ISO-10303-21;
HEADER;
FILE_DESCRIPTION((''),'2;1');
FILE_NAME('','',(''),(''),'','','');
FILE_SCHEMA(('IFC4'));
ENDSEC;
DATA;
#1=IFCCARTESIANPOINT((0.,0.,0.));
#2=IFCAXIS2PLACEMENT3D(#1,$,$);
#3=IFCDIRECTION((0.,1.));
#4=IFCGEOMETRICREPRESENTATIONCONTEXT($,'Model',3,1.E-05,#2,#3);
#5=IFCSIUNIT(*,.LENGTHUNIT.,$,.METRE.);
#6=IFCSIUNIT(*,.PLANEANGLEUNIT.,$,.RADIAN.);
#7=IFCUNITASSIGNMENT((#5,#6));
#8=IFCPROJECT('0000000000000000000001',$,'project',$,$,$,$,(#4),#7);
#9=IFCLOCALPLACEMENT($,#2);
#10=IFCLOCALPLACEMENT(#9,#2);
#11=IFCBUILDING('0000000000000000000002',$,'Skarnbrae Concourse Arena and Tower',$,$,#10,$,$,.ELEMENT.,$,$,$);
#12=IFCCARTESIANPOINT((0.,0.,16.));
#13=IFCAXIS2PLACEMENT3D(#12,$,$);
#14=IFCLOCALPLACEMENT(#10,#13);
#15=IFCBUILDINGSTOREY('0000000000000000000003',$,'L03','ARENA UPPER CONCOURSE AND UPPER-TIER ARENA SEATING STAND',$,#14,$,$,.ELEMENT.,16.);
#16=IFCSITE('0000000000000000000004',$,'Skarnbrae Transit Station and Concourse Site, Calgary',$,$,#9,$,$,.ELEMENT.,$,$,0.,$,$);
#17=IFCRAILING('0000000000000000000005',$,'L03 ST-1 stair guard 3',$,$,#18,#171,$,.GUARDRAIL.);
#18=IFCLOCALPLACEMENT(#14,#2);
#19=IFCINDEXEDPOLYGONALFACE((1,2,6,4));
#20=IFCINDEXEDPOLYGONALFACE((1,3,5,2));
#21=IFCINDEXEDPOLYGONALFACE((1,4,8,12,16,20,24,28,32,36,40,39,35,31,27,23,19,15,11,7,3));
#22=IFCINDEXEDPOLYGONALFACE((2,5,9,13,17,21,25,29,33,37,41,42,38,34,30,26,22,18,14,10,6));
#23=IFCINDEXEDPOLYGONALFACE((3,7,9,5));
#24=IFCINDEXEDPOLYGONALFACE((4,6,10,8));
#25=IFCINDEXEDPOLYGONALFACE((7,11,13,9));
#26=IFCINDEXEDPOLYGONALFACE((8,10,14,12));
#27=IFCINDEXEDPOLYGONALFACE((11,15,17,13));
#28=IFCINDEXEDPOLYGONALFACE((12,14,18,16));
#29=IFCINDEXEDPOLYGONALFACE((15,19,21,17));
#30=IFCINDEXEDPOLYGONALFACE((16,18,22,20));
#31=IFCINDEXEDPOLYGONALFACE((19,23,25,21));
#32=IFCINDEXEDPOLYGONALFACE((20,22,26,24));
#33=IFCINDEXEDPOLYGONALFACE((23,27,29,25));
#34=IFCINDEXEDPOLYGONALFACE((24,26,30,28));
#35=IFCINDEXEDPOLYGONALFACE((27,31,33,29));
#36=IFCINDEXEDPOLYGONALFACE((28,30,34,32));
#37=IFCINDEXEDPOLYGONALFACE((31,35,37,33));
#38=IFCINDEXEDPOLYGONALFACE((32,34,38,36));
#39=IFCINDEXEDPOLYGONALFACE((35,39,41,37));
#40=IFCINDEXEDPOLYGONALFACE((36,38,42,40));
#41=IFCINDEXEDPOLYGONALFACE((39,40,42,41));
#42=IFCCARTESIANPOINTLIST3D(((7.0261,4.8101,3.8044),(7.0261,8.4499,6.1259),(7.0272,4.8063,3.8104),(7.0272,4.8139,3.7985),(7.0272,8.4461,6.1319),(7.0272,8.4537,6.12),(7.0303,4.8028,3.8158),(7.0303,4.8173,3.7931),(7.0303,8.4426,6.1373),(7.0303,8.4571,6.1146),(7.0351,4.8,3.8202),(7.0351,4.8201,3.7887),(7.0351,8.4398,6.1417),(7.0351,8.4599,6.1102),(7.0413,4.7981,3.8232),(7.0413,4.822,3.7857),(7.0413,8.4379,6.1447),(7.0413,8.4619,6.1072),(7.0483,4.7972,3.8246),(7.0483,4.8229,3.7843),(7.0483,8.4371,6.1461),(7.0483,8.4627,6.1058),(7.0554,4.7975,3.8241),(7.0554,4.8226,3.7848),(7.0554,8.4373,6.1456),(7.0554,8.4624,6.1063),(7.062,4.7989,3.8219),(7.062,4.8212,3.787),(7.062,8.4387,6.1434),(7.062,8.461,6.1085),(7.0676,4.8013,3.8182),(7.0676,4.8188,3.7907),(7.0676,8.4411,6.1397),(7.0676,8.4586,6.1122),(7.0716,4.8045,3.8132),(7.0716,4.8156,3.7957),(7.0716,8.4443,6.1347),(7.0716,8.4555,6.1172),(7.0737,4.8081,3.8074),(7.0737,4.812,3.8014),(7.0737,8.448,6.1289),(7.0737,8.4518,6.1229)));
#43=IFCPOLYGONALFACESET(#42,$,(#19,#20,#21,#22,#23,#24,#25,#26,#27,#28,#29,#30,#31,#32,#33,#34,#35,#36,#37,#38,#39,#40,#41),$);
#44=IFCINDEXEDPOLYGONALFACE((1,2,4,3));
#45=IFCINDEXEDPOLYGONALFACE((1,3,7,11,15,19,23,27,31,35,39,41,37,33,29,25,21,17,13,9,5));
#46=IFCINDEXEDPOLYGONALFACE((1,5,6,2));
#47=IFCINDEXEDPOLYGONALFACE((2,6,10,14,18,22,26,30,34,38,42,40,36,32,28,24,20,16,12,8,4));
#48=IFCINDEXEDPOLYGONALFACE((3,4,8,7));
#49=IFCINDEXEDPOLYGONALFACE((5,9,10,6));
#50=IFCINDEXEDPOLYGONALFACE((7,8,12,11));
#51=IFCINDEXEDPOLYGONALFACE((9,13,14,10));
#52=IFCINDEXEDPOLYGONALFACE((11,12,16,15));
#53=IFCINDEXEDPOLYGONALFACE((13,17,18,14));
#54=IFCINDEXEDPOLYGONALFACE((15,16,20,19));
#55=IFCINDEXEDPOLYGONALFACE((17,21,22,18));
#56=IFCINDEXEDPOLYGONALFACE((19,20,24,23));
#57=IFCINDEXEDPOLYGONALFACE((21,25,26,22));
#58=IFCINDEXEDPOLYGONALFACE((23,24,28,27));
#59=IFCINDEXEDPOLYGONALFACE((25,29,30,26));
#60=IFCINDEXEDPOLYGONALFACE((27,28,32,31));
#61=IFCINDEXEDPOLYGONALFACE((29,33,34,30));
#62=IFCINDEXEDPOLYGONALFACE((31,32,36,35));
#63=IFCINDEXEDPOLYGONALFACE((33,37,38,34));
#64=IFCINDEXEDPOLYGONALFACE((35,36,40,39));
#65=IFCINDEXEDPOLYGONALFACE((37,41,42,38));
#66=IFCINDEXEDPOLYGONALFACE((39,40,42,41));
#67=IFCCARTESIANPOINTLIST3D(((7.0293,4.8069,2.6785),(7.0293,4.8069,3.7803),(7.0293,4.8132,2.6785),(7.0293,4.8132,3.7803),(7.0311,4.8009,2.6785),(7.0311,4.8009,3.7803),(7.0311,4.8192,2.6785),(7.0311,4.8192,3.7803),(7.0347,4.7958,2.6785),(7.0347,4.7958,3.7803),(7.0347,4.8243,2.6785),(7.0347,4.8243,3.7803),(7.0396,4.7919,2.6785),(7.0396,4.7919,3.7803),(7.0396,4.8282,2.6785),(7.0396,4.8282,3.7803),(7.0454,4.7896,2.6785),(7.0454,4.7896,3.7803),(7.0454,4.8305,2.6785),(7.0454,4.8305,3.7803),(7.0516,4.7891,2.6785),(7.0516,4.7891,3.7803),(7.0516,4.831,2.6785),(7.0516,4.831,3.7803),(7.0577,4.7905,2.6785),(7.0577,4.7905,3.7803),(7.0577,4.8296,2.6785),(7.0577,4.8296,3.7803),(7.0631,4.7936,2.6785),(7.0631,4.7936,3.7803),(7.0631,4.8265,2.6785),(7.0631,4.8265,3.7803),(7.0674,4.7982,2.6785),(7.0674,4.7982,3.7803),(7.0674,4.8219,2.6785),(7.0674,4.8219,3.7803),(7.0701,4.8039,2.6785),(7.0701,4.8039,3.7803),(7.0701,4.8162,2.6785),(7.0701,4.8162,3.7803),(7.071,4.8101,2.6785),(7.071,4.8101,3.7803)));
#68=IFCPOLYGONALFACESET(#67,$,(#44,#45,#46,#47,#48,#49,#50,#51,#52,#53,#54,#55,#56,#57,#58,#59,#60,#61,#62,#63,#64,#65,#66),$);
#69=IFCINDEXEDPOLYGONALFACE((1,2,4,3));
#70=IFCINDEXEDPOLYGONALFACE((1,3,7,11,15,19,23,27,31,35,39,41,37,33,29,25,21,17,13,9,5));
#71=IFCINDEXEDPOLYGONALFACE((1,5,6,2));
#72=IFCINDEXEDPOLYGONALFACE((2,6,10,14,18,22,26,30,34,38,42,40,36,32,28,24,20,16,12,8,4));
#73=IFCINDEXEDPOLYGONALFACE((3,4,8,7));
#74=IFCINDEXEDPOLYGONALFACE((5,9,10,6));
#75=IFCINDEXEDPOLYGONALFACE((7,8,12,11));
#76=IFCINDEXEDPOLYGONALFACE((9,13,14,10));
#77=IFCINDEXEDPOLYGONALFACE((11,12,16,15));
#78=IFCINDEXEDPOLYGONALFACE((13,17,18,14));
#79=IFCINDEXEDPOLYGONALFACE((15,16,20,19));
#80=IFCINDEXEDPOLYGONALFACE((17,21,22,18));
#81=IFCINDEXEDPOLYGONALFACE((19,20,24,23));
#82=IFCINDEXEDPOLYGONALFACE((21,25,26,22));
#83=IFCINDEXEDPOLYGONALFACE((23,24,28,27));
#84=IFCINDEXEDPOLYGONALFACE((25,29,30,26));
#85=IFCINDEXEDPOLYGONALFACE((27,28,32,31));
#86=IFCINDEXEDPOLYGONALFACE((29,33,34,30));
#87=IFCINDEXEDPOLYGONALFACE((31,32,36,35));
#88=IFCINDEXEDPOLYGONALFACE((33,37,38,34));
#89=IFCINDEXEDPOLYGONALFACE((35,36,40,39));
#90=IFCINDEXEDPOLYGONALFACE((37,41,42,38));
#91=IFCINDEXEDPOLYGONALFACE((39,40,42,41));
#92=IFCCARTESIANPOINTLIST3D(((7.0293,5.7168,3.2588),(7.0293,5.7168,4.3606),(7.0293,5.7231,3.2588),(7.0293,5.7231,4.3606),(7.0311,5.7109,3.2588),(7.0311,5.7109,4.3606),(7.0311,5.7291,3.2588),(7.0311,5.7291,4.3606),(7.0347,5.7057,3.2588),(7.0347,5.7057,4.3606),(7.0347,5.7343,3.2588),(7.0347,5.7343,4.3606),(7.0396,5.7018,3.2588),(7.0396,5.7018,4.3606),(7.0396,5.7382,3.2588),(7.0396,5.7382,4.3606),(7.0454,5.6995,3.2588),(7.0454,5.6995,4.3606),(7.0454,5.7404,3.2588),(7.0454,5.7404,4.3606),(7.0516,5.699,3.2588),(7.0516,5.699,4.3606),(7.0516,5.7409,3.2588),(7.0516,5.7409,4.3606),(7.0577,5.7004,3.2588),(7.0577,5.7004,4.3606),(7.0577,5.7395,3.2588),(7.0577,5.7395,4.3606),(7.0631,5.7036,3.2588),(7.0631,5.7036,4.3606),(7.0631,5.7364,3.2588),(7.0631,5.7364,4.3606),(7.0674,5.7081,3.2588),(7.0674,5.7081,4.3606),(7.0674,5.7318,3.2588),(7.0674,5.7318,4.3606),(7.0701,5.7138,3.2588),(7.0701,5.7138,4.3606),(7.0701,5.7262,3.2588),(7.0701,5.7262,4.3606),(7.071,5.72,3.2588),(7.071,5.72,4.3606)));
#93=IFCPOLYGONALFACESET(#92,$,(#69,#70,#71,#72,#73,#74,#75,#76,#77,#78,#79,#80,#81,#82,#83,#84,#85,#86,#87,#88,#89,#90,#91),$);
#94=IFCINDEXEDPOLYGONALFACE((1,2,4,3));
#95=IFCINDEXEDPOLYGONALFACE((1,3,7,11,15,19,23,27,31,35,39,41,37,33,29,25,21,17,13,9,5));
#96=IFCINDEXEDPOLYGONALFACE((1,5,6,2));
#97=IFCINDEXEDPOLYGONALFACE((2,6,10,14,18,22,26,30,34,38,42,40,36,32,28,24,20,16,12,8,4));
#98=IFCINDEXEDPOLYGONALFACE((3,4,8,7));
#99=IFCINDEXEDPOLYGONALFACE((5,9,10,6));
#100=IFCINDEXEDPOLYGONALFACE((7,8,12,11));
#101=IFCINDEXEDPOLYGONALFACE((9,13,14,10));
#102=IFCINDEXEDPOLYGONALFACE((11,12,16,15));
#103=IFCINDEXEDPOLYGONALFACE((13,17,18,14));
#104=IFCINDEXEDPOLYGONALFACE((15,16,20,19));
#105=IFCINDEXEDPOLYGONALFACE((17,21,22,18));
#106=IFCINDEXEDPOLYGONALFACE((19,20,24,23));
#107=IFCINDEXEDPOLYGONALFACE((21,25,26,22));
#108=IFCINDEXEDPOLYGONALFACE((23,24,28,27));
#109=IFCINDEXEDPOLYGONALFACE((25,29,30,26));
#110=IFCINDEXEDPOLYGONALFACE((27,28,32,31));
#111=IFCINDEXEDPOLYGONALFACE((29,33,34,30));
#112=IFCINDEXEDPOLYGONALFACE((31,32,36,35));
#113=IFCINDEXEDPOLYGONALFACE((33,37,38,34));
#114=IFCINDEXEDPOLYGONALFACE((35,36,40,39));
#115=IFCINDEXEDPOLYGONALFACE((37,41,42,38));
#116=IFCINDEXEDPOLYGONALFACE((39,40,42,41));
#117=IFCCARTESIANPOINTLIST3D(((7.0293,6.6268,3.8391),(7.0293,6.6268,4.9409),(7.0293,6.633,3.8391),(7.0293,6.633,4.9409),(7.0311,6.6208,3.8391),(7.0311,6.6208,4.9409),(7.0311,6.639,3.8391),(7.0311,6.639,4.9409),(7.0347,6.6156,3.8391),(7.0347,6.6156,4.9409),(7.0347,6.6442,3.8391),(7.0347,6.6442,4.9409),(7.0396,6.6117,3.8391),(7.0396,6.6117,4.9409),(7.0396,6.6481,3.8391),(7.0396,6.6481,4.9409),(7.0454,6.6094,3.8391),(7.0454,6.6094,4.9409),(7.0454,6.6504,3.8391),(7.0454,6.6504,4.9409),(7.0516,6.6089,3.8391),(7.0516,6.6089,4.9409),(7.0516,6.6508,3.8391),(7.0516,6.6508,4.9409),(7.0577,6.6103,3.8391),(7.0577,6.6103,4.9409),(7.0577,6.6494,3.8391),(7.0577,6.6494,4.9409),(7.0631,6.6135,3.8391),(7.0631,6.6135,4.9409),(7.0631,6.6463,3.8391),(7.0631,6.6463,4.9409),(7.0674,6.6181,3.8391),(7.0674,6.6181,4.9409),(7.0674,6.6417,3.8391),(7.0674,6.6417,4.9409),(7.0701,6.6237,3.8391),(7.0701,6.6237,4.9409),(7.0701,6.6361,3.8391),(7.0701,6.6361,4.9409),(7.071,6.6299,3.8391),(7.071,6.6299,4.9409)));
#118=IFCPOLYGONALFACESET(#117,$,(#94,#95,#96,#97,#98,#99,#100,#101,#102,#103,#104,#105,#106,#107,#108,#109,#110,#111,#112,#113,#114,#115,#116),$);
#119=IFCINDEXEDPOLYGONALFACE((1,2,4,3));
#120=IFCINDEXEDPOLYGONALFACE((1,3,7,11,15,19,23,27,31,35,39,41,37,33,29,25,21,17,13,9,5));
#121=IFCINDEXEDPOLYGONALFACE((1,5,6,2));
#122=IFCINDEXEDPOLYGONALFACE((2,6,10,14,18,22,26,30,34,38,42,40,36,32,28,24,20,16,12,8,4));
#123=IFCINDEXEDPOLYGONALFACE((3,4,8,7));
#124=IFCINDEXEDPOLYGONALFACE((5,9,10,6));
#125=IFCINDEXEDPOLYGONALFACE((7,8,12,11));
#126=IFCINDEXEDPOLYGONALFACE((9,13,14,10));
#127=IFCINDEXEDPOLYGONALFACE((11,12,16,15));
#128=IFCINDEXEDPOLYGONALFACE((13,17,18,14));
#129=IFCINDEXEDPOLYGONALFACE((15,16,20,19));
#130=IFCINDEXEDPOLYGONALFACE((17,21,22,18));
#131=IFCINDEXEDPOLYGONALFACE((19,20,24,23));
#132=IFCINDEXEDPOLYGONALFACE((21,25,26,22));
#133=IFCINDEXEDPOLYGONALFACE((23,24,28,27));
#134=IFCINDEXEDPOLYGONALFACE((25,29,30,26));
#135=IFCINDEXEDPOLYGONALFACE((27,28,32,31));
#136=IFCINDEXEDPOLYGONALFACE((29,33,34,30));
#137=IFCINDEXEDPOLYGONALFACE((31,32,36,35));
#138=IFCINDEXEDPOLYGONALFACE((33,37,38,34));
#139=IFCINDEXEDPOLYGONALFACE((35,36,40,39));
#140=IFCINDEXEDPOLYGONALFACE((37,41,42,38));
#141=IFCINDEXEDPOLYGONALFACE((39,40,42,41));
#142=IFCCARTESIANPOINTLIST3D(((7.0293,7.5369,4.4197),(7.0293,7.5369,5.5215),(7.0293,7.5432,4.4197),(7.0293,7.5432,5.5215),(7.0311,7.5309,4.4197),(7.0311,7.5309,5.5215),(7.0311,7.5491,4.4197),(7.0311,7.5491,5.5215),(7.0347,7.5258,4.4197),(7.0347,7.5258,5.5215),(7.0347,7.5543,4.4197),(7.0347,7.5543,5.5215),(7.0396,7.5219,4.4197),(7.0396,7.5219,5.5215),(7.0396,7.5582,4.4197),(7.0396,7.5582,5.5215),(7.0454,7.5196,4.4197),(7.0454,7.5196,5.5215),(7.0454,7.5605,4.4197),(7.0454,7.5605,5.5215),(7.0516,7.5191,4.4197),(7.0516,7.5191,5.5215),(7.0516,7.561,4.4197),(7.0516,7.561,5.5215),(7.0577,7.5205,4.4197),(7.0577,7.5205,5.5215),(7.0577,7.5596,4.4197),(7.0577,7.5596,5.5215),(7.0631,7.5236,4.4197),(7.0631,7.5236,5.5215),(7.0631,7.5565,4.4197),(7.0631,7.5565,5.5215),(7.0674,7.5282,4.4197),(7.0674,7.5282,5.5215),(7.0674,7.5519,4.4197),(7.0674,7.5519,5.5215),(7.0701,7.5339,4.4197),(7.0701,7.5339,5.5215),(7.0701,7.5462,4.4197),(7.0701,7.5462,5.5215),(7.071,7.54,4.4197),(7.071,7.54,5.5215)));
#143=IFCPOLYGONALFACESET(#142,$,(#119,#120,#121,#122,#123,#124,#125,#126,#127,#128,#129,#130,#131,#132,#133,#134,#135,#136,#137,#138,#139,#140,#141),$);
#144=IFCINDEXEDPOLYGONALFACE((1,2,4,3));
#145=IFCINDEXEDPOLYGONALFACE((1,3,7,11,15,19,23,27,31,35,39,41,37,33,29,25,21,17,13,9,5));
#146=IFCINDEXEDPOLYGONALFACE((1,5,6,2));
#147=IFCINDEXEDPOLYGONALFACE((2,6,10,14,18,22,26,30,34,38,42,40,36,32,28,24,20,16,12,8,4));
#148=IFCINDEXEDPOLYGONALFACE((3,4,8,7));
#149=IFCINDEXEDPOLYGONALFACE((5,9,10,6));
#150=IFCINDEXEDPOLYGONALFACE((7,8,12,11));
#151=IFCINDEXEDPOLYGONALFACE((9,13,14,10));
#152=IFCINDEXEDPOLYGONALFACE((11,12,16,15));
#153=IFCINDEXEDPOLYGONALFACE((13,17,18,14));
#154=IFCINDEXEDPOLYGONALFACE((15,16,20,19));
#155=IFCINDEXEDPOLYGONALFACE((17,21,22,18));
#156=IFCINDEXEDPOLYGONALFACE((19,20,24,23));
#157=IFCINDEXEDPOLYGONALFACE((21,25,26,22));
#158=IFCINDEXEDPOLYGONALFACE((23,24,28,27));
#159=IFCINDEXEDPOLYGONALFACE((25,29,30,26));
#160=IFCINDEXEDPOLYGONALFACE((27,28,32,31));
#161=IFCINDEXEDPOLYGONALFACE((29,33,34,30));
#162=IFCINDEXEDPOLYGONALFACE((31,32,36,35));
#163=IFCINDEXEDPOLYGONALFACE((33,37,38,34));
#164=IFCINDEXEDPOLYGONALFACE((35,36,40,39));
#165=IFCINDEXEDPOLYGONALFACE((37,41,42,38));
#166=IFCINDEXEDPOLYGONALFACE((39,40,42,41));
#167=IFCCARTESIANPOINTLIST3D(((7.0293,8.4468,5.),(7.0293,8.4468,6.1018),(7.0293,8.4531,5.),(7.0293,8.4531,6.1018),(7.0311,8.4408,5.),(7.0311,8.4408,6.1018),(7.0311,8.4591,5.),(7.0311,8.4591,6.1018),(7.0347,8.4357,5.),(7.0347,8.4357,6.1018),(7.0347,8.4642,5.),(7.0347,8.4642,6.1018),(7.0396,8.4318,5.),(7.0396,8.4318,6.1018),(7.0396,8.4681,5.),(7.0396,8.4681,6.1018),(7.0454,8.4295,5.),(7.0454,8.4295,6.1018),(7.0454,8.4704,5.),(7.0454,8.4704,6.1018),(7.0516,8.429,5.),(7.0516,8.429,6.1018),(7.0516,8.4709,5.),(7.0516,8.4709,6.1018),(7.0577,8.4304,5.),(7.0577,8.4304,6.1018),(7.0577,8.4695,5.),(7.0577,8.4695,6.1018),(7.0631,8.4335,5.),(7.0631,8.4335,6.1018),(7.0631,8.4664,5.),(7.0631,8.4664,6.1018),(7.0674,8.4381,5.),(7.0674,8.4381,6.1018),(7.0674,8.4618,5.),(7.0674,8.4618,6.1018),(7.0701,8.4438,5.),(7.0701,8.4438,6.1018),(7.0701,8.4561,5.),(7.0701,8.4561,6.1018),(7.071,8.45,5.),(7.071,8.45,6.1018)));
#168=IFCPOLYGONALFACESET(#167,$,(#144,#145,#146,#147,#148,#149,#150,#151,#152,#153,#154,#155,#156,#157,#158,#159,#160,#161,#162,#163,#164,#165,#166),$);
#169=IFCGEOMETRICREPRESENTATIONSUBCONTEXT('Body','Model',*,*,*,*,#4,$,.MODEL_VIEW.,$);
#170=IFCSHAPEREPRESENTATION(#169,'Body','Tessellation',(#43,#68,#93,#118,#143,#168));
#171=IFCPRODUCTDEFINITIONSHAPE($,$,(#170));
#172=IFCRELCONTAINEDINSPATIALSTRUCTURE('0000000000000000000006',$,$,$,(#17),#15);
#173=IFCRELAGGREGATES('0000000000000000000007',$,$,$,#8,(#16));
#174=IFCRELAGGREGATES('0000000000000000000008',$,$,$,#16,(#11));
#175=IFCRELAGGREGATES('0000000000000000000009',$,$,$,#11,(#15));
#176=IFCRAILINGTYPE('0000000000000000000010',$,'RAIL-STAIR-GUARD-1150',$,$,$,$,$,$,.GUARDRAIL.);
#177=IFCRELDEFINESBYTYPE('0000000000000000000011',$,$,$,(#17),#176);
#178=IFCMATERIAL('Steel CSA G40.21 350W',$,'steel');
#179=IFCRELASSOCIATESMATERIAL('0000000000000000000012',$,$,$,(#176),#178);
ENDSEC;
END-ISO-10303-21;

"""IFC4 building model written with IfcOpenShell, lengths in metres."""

from ifc_helpers import new_model, si_unit, direction, frame, origin, origin_2d, place, context, subcontext, project, spatial, circle, extrude, material, type_object, element, save


model = new_model("IFC4")

# Units and contexts
model_context = context("Model", 3, precision=1e-05, world=origin(), true_north=direction((0.0, 1.0)))
body_context = subcontext(model_context, "Body", "Model", "MODEL_VIEW")
ifc_project = project(units=[si_unit("LENGTHUNIT", "METRE"), si_unit("PLANEANGLEUNIT", "RADIAN")], contexts=[model_context])

# Site, building, storey
site_placement = place(None, origin())
site = spatial("IfcSite", under=ifc_project, at=site_placement, Name="Skarnbrae Transit Station and Concourse Site, Calgary", CompositionType="ELEMENT", RefElevation=0.0)
building_placement = place(site_placement, origin())
building = spatial("IfcBuilding", under=site, at=building_placement, Name="Skarnbrae Concourse Arena and Tower", CompositionType="ELEMENT")
storey_placement = place(building_placement, frame((0.0, 0.0, 16.0)))
storey = spatial("IfcBuildingStorey", under=building, at=storey_placement, Name="L03", Description="ARENA UPPER CONCOURSE AND UPPER-TIER ARENA SEATING STAND", CompositionType="ELEMENT", Elevation=16.0)

# Shared definitions
ifc_material_1 = material(Name="Steel CSA G40.21 350W", Category="steel")

# Railing
railing_type_1 = type_object("IfcRailingType", Name="RAIL-STAIR-GUARD-1150", PredefinedType="GUARDRAIL", material=ifc_material_1)
railing_1_placement = place(storey_placement, frame((7.05, 4.8101, 2.6785)))
element("IfcRailing", 1, at=railing_1_placement, inside=storey, type_object=railing_type_1, Name="L03 ST-1 stair guard 3", PredefinedType="GUARDRAIL", context=body_context, shape_type="SweptSolid", body=[
    extrude(circle(Radius=0.0239, at=origin_2d()), frame((0.0, 0.0, 1.126), z_axis=(0.0, 0.843112, 0.537739), x_axis=(-1.0, 0.0, 0.0)), (0.0, 0.0, 1.0), 4.3171),
    extrude(circle(Radius=0.021, at=origin_2d()), origin(), (0.0, 0.0, 1.0), 1.1018),
    extrude(circle(Radius=0.021, at=origin_2d()), frame((0.0, 0.9099, 0.5803)), (0.0, 0.0, 1.0), 1.1018),
    extrude(circle(Radius=0.021, at=origin_2d()), frame((0.0, 1.8198, 1.1606)), (0.0, 0.0, 1.0), 1.1018),
    extrude(circle(Radius=0.021, at=origin_2d()), frame((0.0, 2.73, 1.7412)), (0.0, 0.0, 1.0), 1.1018),
    extrude(circle(Radius=0.021, at=origin_2d()), frame((0.0, 3.6399, 2.3215)), (0.0, 0.0, 1.0), 1.1018),
])

save(model, "model.ifc")
